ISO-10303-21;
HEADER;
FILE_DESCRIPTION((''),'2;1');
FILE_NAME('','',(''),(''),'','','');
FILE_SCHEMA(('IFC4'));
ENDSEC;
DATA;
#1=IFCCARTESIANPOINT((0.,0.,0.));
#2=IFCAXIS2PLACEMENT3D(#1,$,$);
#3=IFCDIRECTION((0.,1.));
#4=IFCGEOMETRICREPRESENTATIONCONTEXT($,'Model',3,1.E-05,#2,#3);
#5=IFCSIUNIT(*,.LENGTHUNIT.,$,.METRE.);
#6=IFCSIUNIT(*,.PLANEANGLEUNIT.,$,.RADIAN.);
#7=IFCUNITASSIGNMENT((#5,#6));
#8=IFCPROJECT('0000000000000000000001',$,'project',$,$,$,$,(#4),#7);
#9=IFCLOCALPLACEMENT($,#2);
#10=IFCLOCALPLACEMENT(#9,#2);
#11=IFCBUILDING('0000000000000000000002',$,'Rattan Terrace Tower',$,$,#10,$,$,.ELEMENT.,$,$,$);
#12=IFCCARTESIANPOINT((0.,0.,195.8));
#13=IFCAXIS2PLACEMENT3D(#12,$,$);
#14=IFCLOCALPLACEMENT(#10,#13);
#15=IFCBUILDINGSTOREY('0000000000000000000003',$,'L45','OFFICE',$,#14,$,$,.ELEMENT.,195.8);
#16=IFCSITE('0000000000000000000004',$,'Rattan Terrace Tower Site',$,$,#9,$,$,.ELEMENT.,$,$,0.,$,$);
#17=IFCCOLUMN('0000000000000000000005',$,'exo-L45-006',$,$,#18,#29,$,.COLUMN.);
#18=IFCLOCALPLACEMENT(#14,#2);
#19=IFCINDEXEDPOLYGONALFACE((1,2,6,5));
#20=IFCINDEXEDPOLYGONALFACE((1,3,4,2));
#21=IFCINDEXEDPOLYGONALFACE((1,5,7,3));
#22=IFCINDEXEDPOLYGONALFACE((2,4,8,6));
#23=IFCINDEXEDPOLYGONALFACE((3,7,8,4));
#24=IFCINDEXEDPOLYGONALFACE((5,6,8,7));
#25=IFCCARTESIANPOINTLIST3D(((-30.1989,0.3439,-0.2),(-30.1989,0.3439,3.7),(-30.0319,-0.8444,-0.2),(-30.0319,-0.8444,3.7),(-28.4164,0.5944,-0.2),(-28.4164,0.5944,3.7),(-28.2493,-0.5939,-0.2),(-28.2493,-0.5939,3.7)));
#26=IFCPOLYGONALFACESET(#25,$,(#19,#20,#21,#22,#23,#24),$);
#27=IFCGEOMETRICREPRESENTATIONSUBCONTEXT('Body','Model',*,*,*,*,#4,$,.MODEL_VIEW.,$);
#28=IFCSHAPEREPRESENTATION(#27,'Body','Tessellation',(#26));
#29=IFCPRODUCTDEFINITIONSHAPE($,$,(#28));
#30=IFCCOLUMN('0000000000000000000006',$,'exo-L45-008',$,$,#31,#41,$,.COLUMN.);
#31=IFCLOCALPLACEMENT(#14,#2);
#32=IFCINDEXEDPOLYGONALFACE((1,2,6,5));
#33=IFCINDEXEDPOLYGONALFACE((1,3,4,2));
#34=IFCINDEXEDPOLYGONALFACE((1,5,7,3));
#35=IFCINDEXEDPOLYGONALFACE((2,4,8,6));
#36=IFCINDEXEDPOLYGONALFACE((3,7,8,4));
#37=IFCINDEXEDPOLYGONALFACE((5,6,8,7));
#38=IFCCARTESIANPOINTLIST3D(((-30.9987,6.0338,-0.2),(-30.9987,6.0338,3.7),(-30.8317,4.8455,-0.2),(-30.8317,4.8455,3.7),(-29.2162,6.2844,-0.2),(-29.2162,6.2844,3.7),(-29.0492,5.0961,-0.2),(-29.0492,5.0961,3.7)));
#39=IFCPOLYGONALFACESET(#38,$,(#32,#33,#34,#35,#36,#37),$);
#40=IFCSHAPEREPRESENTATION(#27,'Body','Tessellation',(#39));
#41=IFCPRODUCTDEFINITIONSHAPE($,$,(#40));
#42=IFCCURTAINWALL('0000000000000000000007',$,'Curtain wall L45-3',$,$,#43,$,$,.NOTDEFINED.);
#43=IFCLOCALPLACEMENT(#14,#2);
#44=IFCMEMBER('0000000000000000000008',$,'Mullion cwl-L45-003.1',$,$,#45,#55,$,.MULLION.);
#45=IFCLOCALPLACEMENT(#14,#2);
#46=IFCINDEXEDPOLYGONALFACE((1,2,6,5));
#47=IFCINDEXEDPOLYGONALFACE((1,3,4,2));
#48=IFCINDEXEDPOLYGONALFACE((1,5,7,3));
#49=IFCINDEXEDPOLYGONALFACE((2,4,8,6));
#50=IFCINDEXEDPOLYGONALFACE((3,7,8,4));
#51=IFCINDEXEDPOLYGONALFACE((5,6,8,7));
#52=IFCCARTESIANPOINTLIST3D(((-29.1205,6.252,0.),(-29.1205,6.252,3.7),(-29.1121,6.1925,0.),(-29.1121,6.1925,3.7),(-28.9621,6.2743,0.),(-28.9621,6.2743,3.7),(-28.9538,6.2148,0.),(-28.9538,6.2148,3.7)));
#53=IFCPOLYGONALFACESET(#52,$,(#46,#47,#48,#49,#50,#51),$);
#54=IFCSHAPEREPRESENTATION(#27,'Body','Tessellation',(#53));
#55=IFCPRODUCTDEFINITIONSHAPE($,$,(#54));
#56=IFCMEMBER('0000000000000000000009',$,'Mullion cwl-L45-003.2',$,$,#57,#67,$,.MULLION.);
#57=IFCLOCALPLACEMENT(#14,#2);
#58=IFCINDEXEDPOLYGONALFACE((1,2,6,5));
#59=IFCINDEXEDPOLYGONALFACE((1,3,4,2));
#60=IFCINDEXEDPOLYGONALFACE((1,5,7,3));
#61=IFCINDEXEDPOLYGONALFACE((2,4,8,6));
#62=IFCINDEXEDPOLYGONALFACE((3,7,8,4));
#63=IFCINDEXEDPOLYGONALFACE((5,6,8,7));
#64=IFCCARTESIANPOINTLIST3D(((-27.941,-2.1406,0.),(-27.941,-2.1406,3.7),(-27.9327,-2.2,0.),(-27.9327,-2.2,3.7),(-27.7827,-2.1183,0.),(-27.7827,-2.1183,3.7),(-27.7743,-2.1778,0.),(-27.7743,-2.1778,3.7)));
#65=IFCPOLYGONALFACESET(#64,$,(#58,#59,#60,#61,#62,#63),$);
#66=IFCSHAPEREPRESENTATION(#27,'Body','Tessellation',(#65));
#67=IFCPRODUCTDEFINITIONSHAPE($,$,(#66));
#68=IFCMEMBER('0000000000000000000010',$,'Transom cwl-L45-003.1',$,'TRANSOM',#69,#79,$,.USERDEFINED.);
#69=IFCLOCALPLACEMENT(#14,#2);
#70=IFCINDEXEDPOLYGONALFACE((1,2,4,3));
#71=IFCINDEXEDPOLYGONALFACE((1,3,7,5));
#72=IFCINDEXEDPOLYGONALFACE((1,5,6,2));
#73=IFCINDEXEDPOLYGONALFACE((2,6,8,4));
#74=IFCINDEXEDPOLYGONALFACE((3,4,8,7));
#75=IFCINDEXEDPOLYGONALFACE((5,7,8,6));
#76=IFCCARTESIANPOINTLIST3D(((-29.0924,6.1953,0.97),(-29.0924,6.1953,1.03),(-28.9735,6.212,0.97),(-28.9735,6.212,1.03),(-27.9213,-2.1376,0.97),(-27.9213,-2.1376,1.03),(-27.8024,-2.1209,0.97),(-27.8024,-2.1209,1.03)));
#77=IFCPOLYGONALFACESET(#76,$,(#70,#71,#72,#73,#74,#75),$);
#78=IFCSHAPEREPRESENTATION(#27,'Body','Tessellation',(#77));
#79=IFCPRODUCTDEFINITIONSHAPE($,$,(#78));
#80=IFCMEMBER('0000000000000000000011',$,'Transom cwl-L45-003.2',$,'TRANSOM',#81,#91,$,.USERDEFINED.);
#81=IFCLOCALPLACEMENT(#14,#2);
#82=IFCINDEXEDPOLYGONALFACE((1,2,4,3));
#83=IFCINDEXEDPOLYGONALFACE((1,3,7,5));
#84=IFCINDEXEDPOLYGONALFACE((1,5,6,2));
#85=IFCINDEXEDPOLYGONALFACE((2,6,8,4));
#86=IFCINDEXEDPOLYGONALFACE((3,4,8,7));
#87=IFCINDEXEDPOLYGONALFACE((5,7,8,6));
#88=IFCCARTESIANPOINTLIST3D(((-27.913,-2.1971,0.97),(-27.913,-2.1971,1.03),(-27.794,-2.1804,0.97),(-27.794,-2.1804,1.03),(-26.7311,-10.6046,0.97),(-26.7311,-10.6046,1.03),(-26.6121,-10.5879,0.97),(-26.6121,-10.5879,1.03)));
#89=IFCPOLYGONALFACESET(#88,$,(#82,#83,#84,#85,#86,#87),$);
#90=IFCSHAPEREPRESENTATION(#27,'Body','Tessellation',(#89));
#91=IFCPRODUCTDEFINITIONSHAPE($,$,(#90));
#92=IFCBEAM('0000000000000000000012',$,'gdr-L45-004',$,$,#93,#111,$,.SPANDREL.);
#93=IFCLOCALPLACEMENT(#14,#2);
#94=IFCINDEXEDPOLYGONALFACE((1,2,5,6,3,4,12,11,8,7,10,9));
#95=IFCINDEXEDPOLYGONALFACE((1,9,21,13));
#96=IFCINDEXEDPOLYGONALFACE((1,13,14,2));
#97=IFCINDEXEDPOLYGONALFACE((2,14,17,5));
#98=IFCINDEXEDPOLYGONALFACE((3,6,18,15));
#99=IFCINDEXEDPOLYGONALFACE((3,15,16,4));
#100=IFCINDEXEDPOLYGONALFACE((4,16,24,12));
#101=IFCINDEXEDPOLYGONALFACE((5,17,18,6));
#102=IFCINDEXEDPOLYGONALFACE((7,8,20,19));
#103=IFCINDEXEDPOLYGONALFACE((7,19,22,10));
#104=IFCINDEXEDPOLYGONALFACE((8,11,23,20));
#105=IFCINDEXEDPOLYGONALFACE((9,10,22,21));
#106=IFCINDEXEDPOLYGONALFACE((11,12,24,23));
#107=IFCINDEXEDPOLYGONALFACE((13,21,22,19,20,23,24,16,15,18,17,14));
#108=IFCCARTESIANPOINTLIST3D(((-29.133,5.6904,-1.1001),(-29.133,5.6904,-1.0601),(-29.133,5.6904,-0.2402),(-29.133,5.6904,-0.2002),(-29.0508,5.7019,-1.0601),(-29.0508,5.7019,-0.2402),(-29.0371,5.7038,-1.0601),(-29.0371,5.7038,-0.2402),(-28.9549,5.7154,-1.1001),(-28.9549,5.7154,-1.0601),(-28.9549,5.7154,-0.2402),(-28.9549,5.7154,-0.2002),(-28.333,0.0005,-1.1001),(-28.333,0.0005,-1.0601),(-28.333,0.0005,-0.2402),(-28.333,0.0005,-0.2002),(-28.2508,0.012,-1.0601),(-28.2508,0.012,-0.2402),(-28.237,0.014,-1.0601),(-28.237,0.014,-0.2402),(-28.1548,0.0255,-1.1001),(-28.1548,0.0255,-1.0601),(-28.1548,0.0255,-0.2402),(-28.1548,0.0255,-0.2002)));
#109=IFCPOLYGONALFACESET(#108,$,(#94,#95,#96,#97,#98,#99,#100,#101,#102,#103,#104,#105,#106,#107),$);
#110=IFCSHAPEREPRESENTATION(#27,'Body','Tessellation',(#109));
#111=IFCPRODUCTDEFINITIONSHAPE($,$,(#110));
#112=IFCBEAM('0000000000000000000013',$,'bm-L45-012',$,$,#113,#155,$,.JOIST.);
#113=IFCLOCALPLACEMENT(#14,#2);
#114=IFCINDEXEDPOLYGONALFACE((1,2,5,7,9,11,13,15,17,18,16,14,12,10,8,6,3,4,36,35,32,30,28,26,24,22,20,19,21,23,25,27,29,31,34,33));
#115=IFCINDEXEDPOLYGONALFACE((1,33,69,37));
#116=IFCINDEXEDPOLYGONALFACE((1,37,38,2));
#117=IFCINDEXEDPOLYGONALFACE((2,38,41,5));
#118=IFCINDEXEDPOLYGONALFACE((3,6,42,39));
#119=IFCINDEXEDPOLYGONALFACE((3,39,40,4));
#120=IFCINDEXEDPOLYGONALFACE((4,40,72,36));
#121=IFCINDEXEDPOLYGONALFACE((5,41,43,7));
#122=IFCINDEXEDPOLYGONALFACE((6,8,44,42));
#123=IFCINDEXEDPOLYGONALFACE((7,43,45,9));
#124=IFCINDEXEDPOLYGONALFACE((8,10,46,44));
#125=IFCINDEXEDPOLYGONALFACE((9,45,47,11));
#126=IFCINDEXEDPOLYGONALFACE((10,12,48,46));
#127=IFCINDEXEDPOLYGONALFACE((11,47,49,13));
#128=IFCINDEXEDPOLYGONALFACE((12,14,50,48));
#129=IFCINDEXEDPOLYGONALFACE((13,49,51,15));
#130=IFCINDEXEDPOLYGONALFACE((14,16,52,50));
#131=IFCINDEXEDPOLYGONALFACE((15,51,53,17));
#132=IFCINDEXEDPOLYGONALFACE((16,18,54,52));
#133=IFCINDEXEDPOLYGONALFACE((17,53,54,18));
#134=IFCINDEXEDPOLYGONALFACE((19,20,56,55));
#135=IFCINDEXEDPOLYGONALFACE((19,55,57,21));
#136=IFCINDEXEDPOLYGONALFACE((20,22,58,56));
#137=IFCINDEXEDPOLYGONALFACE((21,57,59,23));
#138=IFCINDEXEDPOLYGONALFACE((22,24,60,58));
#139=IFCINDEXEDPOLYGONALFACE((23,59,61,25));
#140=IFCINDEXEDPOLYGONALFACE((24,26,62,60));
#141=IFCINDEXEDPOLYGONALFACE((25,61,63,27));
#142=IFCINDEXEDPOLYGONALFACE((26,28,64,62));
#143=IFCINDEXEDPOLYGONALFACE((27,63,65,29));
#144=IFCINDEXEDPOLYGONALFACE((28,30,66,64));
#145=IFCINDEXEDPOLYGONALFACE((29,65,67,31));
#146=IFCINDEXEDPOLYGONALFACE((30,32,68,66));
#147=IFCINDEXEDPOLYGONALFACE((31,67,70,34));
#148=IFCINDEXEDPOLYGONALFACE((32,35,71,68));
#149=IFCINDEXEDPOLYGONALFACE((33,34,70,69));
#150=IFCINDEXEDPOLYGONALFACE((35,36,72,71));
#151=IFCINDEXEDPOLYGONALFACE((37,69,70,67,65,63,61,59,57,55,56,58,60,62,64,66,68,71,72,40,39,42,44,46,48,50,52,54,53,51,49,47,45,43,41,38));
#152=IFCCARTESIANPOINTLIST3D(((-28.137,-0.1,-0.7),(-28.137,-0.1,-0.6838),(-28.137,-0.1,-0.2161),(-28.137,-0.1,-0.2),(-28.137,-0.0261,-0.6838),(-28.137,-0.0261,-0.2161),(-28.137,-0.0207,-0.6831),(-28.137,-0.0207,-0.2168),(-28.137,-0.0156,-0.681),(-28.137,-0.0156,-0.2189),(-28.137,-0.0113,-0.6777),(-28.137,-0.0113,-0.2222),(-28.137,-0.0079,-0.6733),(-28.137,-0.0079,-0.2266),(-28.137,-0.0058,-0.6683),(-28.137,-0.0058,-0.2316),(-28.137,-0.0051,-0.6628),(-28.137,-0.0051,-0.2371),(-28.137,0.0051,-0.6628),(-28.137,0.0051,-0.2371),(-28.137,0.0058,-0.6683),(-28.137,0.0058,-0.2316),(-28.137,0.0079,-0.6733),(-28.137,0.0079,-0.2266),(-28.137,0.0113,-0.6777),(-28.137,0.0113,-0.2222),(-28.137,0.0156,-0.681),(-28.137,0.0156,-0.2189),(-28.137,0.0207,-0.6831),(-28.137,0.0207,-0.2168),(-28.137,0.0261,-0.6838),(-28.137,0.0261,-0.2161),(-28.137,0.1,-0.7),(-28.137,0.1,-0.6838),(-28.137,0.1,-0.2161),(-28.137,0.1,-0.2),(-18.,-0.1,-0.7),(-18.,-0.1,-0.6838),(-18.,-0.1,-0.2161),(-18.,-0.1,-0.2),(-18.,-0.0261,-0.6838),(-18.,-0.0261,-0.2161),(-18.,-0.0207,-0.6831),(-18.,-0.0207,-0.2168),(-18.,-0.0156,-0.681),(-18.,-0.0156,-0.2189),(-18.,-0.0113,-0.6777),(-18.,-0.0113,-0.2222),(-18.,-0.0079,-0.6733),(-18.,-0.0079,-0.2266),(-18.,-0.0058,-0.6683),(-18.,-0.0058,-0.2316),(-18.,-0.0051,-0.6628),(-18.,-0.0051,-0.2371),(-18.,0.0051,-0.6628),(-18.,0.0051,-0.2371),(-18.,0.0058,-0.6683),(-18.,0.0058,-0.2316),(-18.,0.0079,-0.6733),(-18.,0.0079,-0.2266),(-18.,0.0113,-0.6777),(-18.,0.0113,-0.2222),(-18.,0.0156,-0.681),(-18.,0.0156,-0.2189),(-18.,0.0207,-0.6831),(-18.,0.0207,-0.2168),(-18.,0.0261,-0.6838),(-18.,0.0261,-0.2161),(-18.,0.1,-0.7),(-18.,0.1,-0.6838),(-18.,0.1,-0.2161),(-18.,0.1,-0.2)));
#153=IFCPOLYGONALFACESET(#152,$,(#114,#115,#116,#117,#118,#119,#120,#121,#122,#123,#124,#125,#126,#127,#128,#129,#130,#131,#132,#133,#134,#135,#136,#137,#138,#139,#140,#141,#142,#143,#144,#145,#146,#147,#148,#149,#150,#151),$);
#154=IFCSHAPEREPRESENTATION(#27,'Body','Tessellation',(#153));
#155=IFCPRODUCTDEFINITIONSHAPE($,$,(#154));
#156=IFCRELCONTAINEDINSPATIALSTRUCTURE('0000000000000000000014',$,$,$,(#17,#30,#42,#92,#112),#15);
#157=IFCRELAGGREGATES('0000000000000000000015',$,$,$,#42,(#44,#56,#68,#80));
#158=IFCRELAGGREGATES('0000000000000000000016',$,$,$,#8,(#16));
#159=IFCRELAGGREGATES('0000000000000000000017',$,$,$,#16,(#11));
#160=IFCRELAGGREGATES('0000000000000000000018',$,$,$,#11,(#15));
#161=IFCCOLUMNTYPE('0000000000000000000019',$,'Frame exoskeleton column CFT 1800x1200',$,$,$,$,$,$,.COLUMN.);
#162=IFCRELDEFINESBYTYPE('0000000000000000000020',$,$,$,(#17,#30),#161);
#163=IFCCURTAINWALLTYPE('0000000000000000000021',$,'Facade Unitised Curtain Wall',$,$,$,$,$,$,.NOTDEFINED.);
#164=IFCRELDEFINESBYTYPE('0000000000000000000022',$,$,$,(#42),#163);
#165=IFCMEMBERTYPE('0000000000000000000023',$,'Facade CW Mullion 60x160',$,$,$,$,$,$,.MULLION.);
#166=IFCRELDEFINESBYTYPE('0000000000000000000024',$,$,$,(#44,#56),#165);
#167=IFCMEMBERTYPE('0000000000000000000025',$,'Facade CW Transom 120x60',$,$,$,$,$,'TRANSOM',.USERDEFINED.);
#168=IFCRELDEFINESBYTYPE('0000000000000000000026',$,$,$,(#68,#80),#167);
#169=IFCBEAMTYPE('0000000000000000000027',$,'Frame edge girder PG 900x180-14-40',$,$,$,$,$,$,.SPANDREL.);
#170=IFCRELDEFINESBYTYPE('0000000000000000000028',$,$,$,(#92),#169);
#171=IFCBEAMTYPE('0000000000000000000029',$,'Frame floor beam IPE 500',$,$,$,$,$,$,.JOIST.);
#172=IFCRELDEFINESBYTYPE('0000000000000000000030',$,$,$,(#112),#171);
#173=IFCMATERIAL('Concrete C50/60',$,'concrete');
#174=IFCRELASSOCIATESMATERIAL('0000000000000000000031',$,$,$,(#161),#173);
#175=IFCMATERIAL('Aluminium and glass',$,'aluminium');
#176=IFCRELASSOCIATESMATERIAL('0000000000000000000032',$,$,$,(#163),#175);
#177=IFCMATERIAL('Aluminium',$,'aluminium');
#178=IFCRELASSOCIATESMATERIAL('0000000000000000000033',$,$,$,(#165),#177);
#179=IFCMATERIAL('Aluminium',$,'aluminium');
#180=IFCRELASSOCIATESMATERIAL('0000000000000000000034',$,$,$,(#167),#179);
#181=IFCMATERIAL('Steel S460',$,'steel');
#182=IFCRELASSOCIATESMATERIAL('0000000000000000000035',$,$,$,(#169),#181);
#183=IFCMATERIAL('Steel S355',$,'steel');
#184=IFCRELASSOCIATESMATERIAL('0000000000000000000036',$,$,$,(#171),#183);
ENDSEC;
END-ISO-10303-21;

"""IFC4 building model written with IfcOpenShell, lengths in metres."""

from ifc_helpers import new_model, si_unit, direction, frame, origin, origin_2d, place, context, subcontext, project, spatial, rectangle, i_section, extrude, material, material_profile, profile_set, type_object, element, aggregate, save


model = new_model("IFC4")

# Units and contexts
model_context = context("Model", 3, precision=1e-05, world=origin(), true_north=direction((0.0, 1.0)))
body_context = subcontext(model_context, "Body", "Model", "MODEL_VIEW")
ifc_project = project(units=[si_unit("LENGTHUNIT", "METRE"), si_unit("PLANEANGLEUNIT", "RADIAN")], contexts=[model_context])

# Site, building, storey
site_placement = place(None, origin())
site = spatial("IfcSite", under=ifc_project, at=site_placement, Name="Rattan Terrace Tower Site", CompositionType="ELEMENT", RefElevation=0.0)
building_placement = place(site_placement, origin())
building = spatial("IfcBuilding", under=site, at=building_placement, Name="Rattan Terrace Tower", CompositionType="ELEMENT")
storey_placement = place(building_placement, frame((0.0, 0.0, 195.8)))
storey = spatial("IfcBuildingStorey", under=building, at=storey_placement, Name="L45", Description="OFFICE", CompositionType="ELEMENT", Elevation=195.8)

# Columns
ifc_material_1 = material(Name="Concrete C50/60", Category="concrete")
ifc_material_profile_1 = material_profile(ifc_material_1, rectangle(XDim=1.2, YDim=1.8, at=origin_2d()), Name="CFT 1800x1200")
ifc_profile_set_1 = profile_set([ifc_material_profile_1], Name="Concrete C50/60")
column_type = type_object("IfcColumnType", Name="Frame exoskeleton column CFT 1800x1200", PredefinedType="COLUMN", material=ifc_profile_set_1)
for number, where, z_axis, x_axis, name in (
    (1, (-29.2241, -0.125, -0.2), (0.0, 0.0, 1.0), (-0.13919, 0.990266, 0.0), "exo-L45-006"),
    (2, (-30.0239, 5.5649, -0.2), (0.0, 0.0, 1.0), (-0.13919, 0.990266, 0.0), "exo-L45-008"),
):
    element("IfcColumn", number, at=place(storey_placement, frame(where, z_axis=z_axis, x_axis=x_axis)), inside=storey, type_object=column_type, Name=name, PredefinedType="COLUMN", context=body_context, shape_type="SweptSolid", body=[
        extrude(rectangle(XDim=1.2, YDim=1.8, at=origin_2d()), origin(), (0.0, 0.0, 1.0), 3.8999),
    ])

# Curtain wall, members
ifc_material_2 = material(Name="Aluminium and glass", Category="aluminium")
curtain_wall_type = type_object("IfcCurtainWallType", Name="Facade Unitised Curtain Wall", PredefinedType="NOTDEFINED", material=ifc_material_2)
curtain_wall_placement = place(storey_placement, origin())
curtain_wall = element("IfcCurtainWall", 3, at=curtain_wall_placement, inside=storey, type_object=curtain_wall_type, Name="Curtain wall L45-3", PredefinedType="NOTDEFINED")
ifc_material_3 = material(Name="Aluminium", Category="aluminium")
ifc_material_profile_2 = material_profile(ifc_material_3, rectangle(XDim=0.0601, YDim=0.1599, at=origin_2d()), Name="Aluminium 60x160")
ifc_profile_set_2 = profile_set([ifc_material_profile_2], Name="Aluminium")
member_type_1 = type_object("IfcMemberType", Name="Facade CW Mullion 60x160", PredefinedType="MULLION", material=ifc_profile_set_2)
member_1_placement = place(storey_placement, frame((-29.0371, 6.2334, 0.0), z_axis=(0.0, 0.0, 1.0), x_axis=(0.139191, -0.990266, 0.0)))
member_1 = element("IfcMember", 4, at=member_1_placement, type_object=member_type_1, Name="Mullion cwl-L45-003.1", PredefinedType="MULLION", context=body_context, shape_type="SweptSolid", body=[
    extrude(rectangle(XDim=0.0601, YDim=0.1599, at=origin_2d()), origin(), (0.0, 0.0, 1.0), 3.7),
])
member_2_placement = place(storey_placement, frame((-27.8577, -2.1592, 0.0), z_axis=(0.0, 0.0, 1.0), x_axis=(0.139191, -0.990266, 0.0)))
member_2 = element("IfcMember", 5, at=member_2_placement, type_object=member_type_1, Name="Mullion cwl-L45-003.2", PredefinedType="MULLION", context=body_context, shape_type="SweptSolid", body=[
    extrude(rectangle(XDim=0.0601, YDim=0.1599, at=origin_2d()), origin(), (0.0, 0.0, 1.0), 3.7),
])
ifc_material_4 = material(Name="Aluminium", Category="aluminium")
ifc_material_profile_3 = material_profile(ifc_material_4, rectangle(XDim=0.1201, YDim=0.0601, at=origin_2d()), Name="Aluminium 120x60")
ifc_profile_set_3 = profile_set([ifc_material_profile_3], Name="Aluminium")
member_type_2 = type_object("IfcMemberType", Name="Facade CW Transom 120x60", ElementType="TRANSOM", PredefinedType="USERDEFINED", material=ifc_profile_set_3)
member_3_placement = place(storey_placement, frame((-29.033, 6.2036, 1.0), z_axis=(0.139175, -0.990268, 0.0), x_axis=(0.990268, 0.139175, 0.0)))
member_3 = element("IfcMember", 6, at=member_3_placement, type_object=member_type_2, Name="Transom cwl-L45-003.1", ObjectType="TRANSOM", PredefinedType="USERDEFINED", context=body_context, shape_type="SweptSolid", body=[
    extrude(rectangle(XDim=0.1201, YDim=0.0601, at=origin_2d()), origin(), (0.0, 0.0, 1.0), 8.4148),
])
member_4_placement = place(storey_placement, frame((-27.8535, -2.1887, 1.0), z_axis=(0.139207, -0.990263, 0.0), x_axis=(0.990263, 0.139207, 0.0)))
member_4 = element("IfcMember", 7, at=member_4_placement, type_object=member_type_2, Name="Transom cwl-L45-003.2", ObjectType="TRANSOM", PredefinedType="USERDEFINED", context=body_context, shape_type="SweptSolid", body=[
    extrude(rectangle(XDim=0.1201, YDim=0.0601, at=origin_2d()), origin(), (0.0, 0.0, 1.0), 8.4902),
])

# Beams
ifc_material_5 = material(Name="Steel S460", Category="steel")
ifc_material_profile_4 = material_profile(ifc_material_5, i_section(OverallWidth=0.1799, OverallDepth=0.8999, WebThickness=0.0139, FlangeThickness=0.04, at=origin_2d()), Name="PG 900x180-14-40")
ifc_profile_set_4 = profile_set([ifc_material_profile_4], Name="Steel S460")
beam_type_1 = type_object("IfcBeamType", Name="Frame edge girder PG 900x180-14-40", PredefinedType="SPANDREL", material=ifc_profile_set_4)
beam_1_placement = place(storey_placement, frame((-29.0439, 5.7029, -0.6501), z_axis=(0.139238, -0.990259, 0.0), x_axis=(0.990259, 0.139238, 0.0)))
element("IfcBeam", 8, at=beam_1_placement, inside=storey, type_object=beam_type_1, Name="gdr-L45-004", PredefinedType="SPANDREL", context=body_context, shape_type="SweptSolid", body=[
    extrude(i_section(OverallWidth=0.1799, OverallDepth=0.8999, WebThickness=0.0139, FlangeThickness=0.04, at=origin_2d()), origin(), (0.0, 0.0, 1.0), 5.7458),
])
ifc_material_6 = material(Name="Steel S355", Category="steel")
ifc_material_profile_5 = material_profile(ifc_material_6, i_section(OverallWidth=0.2, OverallDepth=0.5, WebThickness=0.0103, FlangeThickness=0.0161, FilletRadius=0.021, at=origin_2d()), Name="IPE 500")
ifc_profile_set_5 = profile_set([ifc_material_profile_5], Name="Steel S355")
beam_type_2 = type_object("IfcBeamType", Name="Frame floor beam IPE 500", PredefinedType="JOIST", material=ifc_profile_set_5)
beam_2_placement = place(storey_placement, frame((-28.137, 0.0, -0.45), z_axis=(1.0, 0.0, 0.0), x_axis=(0.0, 1.0, 0.0)))
element("IfcBeam", 9, at=beam_2_placement, inside=storey, type_object=beam_type_2, Name="bm-L45-012", PredefinedType="JOIST", context=body_context, shape_type="SweptSolid", body=[
    extrude(i_section(OverallWidth=0.2, OverallDepth=0.5, WebThickness=0.0103, FlangeThickness=0.0161, FilletRadius=0.021, at=origin_2d()), origin(), (0.0, 0.0, 1.0), 10.137),
])

aggregate(curtain_wall, [member_1, member_2, member_3, member_4])

save(model, "model.ifc")
